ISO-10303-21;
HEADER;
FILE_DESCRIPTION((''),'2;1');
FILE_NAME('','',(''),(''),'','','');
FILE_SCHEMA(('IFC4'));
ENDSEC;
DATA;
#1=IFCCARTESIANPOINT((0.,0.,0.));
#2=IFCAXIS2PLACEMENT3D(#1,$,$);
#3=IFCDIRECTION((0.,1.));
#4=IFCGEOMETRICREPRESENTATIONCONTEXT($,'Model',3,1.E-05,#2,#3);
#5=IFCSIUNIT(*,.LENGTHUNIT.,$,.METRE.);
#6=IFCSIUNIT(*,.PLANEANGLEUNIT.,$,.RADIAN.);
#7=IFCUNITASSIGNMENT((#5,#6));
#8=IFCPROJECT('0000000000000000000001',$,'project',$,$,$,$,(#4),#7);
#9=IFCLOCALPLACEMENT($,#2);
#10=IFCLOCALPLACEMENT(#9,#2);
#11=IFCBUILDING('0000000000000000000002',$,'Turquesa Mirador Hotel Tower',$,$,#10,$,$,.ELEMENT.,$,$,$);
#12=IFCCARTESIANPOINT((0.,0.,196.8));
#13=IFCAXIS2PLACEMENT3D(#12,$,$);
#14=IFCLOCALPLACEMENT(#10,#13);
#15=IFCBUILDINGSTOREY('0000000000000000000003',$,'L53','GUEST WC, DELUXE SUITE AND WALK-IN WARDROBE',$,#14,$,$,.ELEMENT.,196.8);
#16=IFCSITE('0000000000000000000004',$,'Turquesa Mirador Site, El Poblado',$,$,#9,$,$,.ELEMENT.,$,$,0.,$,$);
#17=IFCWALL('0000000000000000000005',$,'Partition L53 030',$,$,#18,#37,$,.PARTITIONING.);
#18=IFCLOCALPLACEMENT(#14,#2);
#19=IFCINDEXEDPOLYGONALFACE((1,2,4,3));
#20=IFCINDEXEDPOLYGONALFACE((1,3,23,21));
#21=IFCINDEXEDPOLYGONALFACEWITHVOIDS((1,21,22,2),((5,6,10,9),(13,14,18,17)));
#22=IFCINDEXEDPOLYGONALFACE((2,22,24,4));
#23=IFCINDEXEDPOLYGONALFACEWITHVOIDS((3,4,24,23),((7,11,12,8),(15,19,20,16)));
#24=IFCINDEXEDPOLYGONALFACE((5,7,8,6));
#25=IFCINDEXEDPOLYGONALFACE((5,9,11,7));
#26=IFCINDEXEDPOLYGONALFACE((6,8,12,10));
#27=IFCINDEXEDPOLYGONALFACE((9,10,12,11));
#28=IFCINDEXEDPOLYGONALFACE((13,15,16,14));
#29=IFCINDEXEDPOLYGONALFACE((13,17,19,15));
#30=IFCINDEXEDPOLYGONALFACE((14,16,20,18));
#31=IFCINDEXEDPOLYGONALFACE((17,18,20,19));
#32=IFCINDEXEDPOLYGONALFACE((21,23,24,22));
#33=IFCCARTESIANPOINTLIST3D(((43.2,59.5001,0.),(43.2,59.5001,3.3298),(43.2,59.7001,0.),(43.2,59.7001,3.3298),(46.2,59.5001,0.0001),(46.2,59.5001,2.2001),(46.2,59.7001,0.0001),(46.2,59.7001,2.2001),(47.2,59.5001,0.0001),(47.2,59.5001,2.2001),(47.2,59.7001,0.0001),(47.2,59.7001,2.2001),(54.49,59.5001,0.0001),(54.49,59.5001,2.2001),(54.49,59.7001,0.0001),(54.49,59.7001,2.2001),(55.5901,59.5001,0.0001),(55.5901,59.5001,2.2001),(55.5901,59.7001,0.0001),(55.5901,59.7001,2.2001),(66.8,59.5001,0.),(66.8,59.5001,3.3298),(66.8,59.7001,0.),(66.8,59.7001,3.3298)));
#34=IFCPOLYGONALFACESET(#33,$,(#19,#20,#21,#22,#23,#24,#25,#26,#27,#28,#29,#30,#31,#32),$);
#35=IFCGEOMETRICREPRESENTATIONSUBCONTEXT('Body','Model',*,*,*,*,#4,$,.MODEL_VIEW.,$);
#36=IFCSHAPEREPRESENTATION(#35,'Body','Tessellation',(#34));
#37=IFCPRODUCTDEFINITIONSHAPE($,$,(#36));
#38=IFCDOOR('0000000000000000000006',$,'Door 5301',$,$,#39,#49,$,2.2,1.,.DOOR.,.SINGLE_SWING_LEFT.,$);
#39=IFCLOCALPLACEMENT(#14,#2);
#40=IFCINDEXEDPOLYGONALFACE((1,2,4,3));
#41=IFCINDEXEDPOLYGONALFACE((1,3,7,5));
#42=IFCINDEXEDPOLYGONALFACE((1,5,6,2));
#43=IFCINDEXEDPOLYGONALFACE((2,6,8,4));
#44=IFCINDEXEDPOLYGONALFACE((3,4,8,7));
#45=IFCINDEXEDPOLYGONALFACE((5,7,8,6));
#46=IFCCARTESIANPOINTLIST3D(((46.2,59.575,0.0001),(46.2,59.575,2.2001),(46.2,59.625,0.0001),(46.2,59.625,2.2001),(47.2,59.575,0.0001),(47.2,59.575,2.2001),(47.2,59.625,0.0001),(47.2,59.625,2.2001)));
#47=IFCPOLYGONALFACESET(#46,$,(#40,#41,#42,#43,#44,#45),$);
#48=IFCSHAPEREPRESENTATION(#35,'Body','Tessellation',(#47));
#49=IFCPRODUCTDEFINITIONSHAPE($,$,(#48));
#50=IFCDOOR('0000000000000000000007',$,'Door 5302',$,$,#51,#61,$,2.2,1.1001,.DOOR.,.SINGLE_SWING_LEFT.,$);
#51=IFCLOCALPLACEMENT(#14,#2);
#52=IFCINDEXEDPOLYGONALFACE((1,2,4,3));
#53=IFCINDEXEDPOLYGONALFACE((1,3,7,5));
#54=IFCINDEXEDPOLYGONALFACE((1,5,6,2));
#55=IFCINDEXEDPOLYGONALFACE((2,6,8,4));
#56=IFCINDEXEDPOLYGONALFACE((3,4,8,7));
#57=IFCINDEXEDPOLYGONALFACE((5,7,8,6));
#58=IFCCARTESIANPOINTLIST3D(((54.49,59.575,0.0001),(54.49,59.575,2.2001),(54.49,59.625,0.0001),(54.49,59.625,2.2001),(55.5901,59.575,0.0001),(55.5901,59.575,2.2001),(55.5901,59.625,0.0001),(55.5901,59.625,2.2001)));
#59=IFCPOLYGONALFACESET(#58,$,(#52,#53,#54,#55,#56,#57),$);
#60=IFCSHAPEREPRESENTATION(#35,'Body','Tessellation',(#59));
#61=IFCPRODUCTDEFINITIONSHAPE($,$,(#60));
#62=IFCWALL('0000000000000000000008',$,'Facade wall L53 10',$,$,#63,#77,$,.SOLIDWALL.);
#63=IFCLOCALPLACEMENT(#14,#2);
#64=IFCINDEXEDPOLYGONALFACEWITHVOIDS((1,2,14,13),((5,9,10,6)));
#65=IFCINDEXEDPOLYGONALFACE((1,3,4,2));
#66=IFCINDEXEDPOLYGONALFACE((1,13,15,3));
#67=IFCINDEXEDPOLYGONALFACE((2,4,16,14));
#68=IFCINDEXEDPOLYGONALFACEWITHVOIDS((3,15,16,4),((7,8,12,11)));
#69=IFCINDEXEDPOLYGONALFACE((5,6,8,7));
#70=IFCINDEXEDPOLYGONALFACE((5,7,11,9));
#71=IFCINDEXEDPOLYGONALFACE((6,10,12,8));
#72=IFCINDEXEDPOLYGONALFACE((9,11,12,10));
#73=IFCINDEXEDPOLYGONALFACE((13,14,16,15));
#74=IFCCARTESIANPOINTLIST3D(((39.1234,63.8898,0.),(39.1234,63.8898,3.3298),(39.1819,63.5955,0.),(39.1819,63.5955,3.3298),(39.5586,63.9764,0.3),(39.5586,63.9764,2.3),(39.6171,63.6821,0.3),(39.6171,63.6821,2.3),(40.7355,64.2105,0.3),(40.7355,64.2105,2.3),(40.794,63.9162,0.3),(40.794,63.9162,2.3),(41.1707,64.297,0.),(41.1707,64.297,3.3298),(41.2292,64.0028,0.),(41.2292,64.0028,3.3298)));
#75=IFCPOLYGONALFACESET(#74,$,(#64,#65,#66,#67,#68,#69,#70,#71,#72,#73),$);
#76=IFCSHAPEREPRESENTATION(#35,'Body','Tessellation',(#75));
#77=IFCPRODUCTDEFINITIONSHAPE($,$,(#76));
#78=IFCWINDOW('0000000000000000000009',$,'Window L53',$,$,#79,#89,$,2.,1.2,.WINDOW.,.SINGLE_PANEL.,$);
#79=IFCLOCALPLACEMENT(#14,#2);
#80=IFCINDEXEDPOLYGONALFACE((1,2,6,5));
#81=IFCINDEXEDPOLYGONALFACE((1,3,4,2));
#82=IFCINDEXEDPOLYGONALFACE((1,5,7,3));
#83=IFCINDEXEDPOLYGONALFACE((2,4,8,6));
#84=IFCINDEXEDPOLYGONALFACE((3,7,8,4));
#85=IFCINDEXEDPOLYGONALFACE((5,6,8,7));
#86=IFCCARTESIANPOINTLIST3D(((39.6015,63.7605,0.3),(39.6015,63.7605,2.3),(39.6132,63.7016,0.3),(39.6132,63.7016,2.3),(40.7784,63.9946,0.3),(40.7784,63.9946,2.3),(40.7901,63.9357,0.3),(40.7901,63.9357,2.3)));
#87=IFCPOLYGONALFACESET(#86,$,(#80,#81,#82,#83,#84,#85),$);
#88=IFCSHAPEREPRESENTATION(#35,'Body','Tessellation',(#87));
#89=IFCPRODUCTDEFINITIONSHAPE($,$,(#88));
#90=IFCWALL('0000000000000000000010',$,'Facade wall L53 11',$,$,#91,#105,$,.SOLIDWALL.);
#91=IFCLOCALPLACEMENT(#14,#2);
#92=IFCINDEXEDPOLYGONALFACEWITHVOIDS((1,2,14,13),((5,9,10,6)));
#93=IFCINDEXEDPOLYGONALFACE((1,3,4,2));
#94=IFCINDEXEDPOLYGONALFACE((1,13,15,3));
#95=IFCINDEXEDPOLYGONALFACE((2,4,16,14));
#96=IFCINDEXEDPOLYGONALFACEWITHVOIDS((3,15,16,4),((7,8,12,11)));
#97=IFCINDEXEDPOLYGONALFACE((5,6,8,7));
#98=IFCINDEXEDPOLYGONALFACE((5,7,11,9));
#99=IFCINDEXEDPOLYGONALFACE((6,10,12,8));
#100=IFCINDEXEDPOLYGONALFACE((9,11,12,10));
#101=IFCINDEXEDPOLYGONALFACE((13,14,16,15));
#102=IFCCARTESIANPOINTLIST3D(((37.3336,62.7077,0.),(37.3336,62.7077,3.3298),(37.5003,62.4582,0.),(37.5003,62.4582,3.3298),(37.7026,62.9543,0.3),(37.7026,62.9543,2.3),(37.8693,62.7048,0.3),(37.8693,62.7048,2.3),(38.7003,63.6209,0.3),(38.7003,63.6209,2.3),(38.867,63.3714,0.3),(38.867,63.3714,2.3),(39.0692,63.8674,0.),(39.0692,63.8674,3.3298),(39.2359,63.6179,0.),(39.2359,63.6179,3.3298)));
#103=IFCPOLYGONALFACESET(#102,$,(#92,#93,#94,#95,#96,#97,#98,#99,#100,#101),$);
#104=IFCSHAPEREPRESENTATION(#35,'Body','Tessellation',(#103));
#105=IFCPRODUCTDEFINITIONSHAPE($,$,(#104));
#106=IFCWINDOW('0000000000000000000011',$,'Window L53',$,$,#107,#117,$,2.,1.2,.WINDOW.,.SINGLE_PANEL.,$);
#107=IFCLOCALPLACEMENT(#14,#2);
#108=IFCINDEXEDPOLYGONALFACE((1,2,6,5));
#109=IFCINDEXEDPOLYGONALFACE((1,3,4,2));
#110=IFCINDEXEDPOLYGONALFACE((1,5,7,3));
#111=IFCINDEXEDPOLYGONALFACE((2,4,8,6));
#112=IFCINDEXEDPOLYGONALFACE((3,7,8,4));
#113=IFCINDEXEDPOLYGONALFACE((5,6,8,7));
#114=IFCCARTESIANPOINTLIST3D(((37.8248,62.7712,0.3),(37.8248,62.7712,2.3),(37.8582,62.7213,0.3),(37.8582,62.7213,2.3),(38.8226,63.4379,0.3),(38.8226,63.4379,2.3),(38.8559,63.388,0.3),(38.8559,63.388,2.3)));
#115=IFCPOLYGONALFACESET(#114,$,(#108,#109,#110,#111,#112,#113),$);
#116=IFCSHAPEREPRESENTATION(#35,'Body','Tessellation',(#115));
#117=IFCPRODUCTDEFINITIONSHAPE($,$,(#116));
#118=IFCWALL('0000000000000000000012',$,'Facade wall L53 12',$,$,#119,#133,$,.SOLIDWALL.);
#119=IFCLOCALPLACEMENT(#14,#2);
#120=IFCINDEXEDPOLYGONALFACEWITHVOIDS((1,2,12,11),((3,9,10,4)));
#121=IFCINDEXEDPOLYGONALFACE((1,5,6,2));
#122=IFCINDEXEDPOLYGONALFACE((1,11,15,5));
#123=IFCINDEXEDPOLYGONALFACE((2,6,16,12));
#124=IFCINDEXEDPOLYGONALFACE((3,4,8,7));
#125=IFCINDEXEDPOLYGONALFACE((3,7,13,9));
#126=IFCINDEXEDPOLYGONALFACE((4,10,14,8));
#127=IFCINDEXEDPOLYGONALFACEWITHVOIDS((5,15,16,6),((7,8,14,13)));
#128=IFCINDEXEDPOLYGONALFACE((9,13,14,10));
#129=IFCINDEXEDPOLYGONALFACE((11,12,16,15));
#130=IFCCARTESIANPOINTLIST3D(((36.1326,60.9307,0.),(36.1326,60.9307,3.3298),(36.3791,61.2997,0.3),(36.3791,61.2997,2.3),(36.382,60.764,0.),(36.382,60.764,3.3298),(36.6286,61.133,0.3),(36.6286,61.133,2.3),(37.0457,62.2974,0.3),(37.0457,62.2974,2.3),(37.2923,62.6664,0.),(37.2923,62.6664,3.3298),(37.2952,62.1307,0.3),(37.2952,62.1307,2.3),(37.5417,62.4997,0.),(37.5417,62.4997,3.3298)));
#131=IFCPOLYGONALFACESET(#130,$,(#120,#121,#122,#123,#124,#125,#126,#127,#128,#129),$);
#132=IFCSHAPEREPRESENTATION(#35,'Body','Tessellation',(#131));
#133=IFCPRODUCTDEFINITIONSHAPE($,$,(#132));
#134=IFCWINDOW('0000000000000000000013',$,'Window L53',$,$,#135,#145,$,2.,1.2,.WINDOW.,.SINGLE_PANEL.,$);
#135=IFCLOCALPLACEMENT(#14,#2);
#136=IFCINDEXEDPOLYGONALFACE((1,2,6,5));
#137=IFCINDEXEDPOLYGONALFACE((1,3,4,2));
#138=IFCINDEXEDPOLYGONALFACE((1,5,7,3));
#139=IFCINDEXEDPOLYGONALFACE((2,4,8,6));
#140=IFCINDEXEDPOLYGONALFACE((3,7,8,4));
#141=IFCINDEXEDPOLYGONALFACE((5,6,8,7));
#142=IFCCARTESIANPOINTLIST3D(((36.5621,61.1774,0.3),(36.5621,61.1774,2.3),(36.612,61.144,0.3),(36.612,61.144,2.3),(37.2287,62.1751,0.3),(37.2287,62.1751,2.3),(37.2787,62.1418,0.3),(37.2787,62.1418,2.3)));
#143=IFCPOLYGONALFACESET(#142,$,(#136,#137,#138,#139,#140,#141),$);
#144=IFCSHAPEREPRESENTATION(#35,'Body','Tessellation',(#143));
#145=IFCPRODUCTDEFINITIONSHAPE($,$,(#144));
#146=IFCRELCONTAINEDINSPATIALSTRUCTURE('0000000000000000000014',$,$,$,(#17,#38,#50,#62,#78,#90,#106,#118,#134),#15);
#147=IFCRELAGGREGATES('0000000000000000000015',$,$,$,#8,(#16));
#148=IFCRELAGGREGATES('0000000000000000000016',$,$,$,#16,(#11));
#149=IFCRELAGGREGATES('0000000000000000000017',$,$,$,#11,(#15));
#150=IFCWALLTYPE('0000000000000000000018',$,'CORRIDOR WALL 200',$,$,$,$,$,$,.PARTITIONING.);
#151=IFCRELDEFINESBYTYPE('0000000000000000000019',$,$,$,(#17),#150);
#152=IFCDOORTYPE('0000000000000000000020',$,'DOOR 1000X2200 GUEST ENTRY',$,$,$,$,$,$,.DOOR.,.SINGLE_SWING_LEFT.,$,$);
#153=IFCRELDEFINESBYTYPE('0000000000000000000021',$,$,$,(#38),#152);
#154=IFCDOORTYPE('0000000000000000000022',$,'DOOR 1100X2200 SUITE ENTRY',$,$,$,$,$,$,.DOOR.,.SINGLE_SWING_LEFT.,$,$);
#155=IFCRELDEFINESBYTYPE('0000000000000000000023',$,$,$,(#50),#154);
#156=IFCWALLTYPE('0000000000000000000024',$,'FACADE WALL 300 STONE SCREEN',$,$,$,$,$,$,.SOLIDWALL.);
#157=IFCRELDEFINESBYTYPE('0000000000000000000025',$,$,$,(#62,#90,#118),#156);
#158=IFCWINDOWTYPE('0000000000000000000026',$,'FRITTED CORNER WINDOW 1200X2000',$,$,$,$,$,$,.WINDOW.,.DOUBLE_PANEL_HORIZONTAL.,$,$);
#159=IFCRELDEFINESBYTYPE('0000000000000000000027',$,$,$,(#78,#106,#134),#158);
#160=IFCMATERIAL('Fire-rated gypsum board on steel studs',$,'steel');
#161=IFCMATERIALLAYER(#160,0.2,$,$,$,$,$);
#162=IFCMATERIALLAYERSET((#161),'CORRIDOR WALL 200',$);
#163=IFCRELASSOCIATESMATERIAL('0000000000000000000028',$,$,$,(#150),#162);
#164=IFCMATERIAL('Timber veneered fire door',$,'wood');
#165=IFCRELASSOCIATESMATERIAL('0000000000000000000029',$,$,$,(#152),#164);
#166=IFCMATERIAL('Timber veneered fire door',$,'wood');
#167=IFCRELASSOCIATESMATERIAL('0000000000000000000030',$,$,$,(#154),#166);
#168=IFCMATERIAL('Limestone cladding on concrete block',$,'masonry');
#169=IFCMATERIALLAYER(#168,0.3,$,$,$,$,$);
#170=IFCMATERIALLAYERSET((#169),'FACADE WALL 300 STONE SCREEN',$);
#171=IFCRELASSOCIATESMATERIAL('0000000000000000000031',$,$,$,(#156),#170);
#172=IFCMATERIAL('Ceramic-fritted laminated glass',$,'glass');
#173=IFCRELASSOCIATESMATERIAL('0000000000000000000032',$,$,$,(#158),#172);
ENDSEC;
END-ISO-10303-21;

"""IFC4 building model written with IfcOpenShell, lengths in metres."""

from ifc_helpers import new_model, si_unit, direction, frame, frame_2d, origin, place, context, subcontext, project, spatial, rectangle, extrude, material, layer, layer_set, type_object, element, fill, save


model = new_model("IFC4")

# Units and contexts
model_context = context("Model", 3, precision=1e-05, world=origin(), true_north=direction((0.0, 1.0)))
body_context = subcontext(model_context, "Body", "Model", "MODEL_VIEW")
ifc_project = project(units=[si_unit("LENGTHUNIT", "METRE"), si_unit("PLANEANGLEUNIT", "RADIAN")], contexts=[model_context])

# Site, building, storey
site_placement = place(None, origin())
site = spatial("IfcSite", under=ifc_project, at=site_placement, Name="Turquesa Mirador Site, El Poblado", CompositionType="ELEMENT", RefElevation=0.0)
building_placement = place(site_placement, origin())
building = spatial("IfcBuilding", under=site, at=building_placement, Name="Turquesa Mirador Hotel Tower", CompositionType="ELEMENT")
storey_placement = place(building_placement, frame((0.0, 0.0, 196.8)))
storey = spatial("IfcBuildingStorey", under=building, at=storey_placement, Name="L53", Description="GUEST WC, DELUXE SUITE AND WALK-IN WARDROBE", CompositionType="ELEMENT", Elevation=196.8)

# Wall, openings, doors
ifc_material_1 = material(Name="Fire-rated gypsum board on steel studs", Category="steel")
ifc_layer_1 = layer(ifc_material_1, 0.2)
ifc_layer_set_1 = layer_set([ifc_layer_1], Name="CORRIDOR WALL 200")
wall_type_1 = type_object("IfcWallType", Name="CORRIDOR WALL 200", PredefinedType="PARTITIONING", material=ifc_layer_set_1)
wall_1_placement = place(storey_placement, frame((43.2, 59.6001, 0.0), z_axis=(0.0, 0.0, 1.0), x_axis=(1.0, 0.0, 0.0)))
wall_1 = element("IfcWall", 1, at=wall_1_placement, inside=storey, type_object=wall_type_1, Name="Partition L53 030", PredefinedType="PARTITIONING", context=body_context, shape_type="SweptSolid", body=[
    extrude(rectangle(XDim=23.6001, YDim=0.2, at=frame_2d((11.8, 0.0))), origin(), (0.0, 0.0, 1.0), 3.3298),
])
opening_1_placement = place(wall_1_placement, frame((3.0, 0.0, 0.0)))
opening_1 = element("IfcOpeningElement", 2, at=opening_1_placement, cuts=wall_1, PredefinedType="OPENING", context=body_context, shape_type="SweptSolid", body=[
    extrude(rectangle(XDim=1.0, YDim=2.2, at=frame_2d((0.5, 1.1001))), frame((0.0, 0.1099, 0.0), z_axis=(0.0, -1.0, 0.0), x_axis=(1.0, 0.0, 0.0)), (0.0, 0.0, 1.0), 0.22),
])
opening_2_placement = place(wall_1_placement, frame((11.29, 0.0, 0.0)))
opening_2 = element("IfcOpeningElement", 3, at=opening_2_placement, cuts=wall_1, PredefinedType="OPENING", context=body_context, shape_type="SweptSolid", body=[
    extrude(rectangle(XDim=1.1001, YDim=2.2, at=frame_2d((0.55, 1.1001))), frame((0.0, 0.1099, 0.0), z_axis=(0.0, -1.0, 0.0), x_axis=(1.0, 0.0, 0.0)), (0.0, 0.0, 1.0), 0.22),
])
ifc_material_2 = material(Name="Timber veneered fire door", Category="wood")
door_type_1 = type_object("IfcDoorType", Name="DOOR 1000X2200 GUEST ENTRY", OperationType="SINGLE_SWING_LEFT", PredefinedType="DOOR", material=ifc_material_2)
door_1_placement = place(opening_1_placement, origin())
door_1 = element("IfcDoor", 4, at=door_1_placement, inside=storey, type_object=door_type_1, Name="Door 5301", OperationType="SINGLE_SWING_LEFT", OverallHeight=2.2, OverallWidth=1.0, PredefinedType="DOOR", context=body_context, shape_type="SweptSolid", body=[
    extrude(rectangle(XDim=1.0, YDim=2.2, at=frame_2d((0.5, 1.1001))), frame((0.0, 0.0249, 0.0), z_axis=(0.0, -1.0, 0.0), x_axis=(1.0, 0.0, 0.0)), (0.0, 0.0, 1.0), 0.05),
])
fill(opening_1, door_1)
ifc_material_3 = material(Name="Timber veneered fire door", Category="wood")
door_type_2 = type_object("IfcDoorType", Name="DOOR 1100X2200 SUITE ENTRY", OperationType="SINGLE_SWING_LEFT", PredefinedType="DOOR", material=ifc_material_3)
door_2_placement = place(opening_2_placement, origin())
door_2 = element("IfcDoor", 5, at=door_2_placement, inside=storey, type_object=door_type_2, Name="Door 5302", OperationType="SINGLE_SWING_LEFT", OverallHeight=2.2, OverallWidth=1.1001, PredefinedType="DOOR", context=body_context, shape_type="SweptSolid", body=[
    extrude(rectangle(XDim=1.1001, YDim=2.2, at=frame_2d((0.55, 1.1001))), frame((0.0, 0.0249, 0.0), z_axis=(0.0, -1.0, 0.0), x_axis=(1.0, 0.0, 0.0)), (0.0, 0.0, 1.0), 0.05),
])
fill(opening_2, door_2)

# Walls, openings, windows
ifc_material_4 = material(Name="Limestone cladding on concrete block", Category="masonry")
ifc_layer_2 = layer(ifc_material_4, 0.3)
ifc_layer_set_2 = layer_set([ifc_layer_2], Name="FACADE WALL 300 STONE SCREEN")
wall_type_2 = type_object("IfcWallType", Name="FACADE WALL 300 STONE SCREEN", PredefinedType="SOLIDWALL", material=ifc_layer_set_2)
wall_2_placement = place(storey_placement, frame((41.2, 64.1499, 0.0), z_axis=(0.0, 0.0, 1.0), x_axis=(-0.980787, -0.195081, 0.0)))
wall_2 = element("IfcWall", 6, at=wall_2_placement, inside=storey, type_object=wall_type_2, Name="Facade wall L53 10", PredefinedType="SOLIDWALL", context=body_context, shape_type="SweptSolid", body=[
    extrude(rectangle(XDim=2.0874, YDim=0.3, at=frame_2d((1.0437, 0.0))), origin(), (0.0, 0.0, 1.0), 3.3298),
])
opening_3_placement = place(wall_2_placement, frame((0.4436, 0.0, 0.3)))
opening_3 = element("IfcOpeningElement", 7, at=opening_3_placement, cuts=wall_2, PredefinedType="OPENING", context=body_context, shape_type="SweptSolid", body=[
    extrude(rectangle(XDim=1.2, YDim=2.0, at=frame_2d((0.6001, 1.0))), frame((0.0, 0.1599, 0.0), z_axis=(0.0, -1.0, 0.0), x_axis=(1.0, 0.0, 0.0)), (0.0, 0.0, 1.0), 0.3201),
])
ifc_material_5 = material(Name="Ceramic-fritted laminated glass", Category="glass")
window_type_1 = type_object("IfcWindowType", Name="FRITTED CORNER WINDOW 1200X2000", PartitioningType="DOUBLE_PANEL_HORIZONTAL", PredefinedType="WINDOW", material=ifc_material_5)
window_1_placement = place(opening_3_placement, origin())
window_1 = element("IfcWindow", 8, at=window_1_placement, inside=storey, type_object=window_type_1, Name="Window L53", OverallHeight=2.0, OverallWidth=1.2, PartitioningType="SINGLE_PANEL", PredefinedType="WINDOW", context=body_context, shape_type="SweptSolid", body=[
    extrude(rectangle(XDim=1.2, YDim=2.0, at=frame_2d((0.6001, 1.0))), frame((0.0, 0.1301, 0.0), z_axis=(0.0, -1.0, 0.0), x_axis=(1.0, 0.0, 0.0)), (0.0, 0.0, 1.0), 0.0601),
])
fill(opening_3, window_1)
wall_3_placement = place(storey_placement, frame((39.1526, 63.7427, 0.0), z_axis=(0.0, 0.0, 1.0), x_axis=(-0.831474, -0.555564, 0.0)))
wall_3 = element("IfcWall", 9, at=wall_3_placement, inside=storey, type_object=wall_type_2, Name="Facade wall L53 11", PredefinedType="SOLIDWALL", context=body_context, shape_type="SweptSolid", body=[
    extrude(rectangle(XDim=2.0874, YDim=0.3, at=frame_2d((1.0437, 0.0))), origin(), (0.0, 0.0, 1.0), 3.3298),
])
opening_4_placement = place(wall_3_placement, frame((0.4436, 0.0, 0.3)))
opening_4 = element("IfcOpeningElement", 10, at=opening_4_placement, cuts=wall_3, PredefinedType="OPENING", context=body_context, shape_type="SweptSolid", body=[
    extrude(rectangle(XDim=1.2, YDim=2.0, at=frame_2d((0.6001, 1.0))), frame((0.0, 0.1599, 0.0), z_axis=(0.0, -1.0, 0.0), x_axis=(1.0, 0.0, 0.0)), (0.0, 0.0, 1.0), 0.3201),
])
window_2_placement = place(opening_4_placement, origin())
window_2 = element("IfcWindow", 11, at=window_2_placement, inside=storey, type_object=window_type_1, Name="Window L53", OverallHeight=2.0, OverallWidth=1.2, PartitioningType="SINGLE_PANEL", PredefinedType="WINDOW", context=body_context, shape_type="SweptSolid", body=[
    extrude(rectangle(XDim=1.2, YDim=2.0, at=frame_2d((0.6001, 1.0))), frame((0.0, 0.1301, 0.0), z_axis=(0.0, -1.0, 0.0), x_axis=(1.0, 0.0, 0.0)), (0.0, 0.0, 1.0), 0.0601),
])
fill(opening_4, window_2)
wall_4_placement = place(storey_placement, frame((37.417, 62.583, 0.0), z_axis=(0.0, 0.0, 1.0), x_axis=(-0.555564, -0.831474, 0.0)))
wall_4 = element("IfcWall", 12, at=wall_4_placement, inside=storey, type_object=wall_type_2, Name="Facade wall L53 12", PredefinedType="SOLIDWALL", context=body_context, shape_type="SweptSolid", body=[
    extrude(rectangle(XDim=2.0874, YDim=0.3, at=frame_2d((1.0437, 0.0))), origin(), (0.0, 0.0, 1.0), 3.3298),
])
opening_5_placement = place(wall_4_placement, frame((0.4436, 0.0, 0.3)))
opening_5 = element("IfcOpeningElement", 13, at=opening_5_placement, cuts=wall_4, PredefinedType="OPENING", context=body_context, shape_type="SweptSolid", body=[
    extrude(rectangle(XDim=1.2, YDim=2.0, at=frame_2d((0.6001, 1.0))), frame((0.0, 0.1599, 0.0), z_axis=(0.0, -1.0, 0.0), x_axis=(1.0, 0.0, 0.0)), (0.0, 0.0, 1.0), 0.3201),
])
window_3_placement = place(opening_5_placement, origin())
window_3 = element("IfcWindow", 14, at=window_3_placement, inside=storey, type_object=window_type_1, Name="Window L53", OverallHeight=2.0, OverallWidth=1.2, PartitioningType="SINGLE_PANEL", PredefinedType="WINDOW", context=body_context, shape_type="SweptSolid", body=[
    extrude(rectangle(XDim=1.2, YDim=2.0, at=frame_2d((0.6001, 1.0))), frame((0.0, 0.1301, 0.0), z_axis=(0.0, -1.0, 0.0), x_axis=(1.0, 0.0, 0.0)), (0.0, 0.0, 1.0), 0.0601),
])
fill(opening_5, window_3)

save(model, "model.ifc")
